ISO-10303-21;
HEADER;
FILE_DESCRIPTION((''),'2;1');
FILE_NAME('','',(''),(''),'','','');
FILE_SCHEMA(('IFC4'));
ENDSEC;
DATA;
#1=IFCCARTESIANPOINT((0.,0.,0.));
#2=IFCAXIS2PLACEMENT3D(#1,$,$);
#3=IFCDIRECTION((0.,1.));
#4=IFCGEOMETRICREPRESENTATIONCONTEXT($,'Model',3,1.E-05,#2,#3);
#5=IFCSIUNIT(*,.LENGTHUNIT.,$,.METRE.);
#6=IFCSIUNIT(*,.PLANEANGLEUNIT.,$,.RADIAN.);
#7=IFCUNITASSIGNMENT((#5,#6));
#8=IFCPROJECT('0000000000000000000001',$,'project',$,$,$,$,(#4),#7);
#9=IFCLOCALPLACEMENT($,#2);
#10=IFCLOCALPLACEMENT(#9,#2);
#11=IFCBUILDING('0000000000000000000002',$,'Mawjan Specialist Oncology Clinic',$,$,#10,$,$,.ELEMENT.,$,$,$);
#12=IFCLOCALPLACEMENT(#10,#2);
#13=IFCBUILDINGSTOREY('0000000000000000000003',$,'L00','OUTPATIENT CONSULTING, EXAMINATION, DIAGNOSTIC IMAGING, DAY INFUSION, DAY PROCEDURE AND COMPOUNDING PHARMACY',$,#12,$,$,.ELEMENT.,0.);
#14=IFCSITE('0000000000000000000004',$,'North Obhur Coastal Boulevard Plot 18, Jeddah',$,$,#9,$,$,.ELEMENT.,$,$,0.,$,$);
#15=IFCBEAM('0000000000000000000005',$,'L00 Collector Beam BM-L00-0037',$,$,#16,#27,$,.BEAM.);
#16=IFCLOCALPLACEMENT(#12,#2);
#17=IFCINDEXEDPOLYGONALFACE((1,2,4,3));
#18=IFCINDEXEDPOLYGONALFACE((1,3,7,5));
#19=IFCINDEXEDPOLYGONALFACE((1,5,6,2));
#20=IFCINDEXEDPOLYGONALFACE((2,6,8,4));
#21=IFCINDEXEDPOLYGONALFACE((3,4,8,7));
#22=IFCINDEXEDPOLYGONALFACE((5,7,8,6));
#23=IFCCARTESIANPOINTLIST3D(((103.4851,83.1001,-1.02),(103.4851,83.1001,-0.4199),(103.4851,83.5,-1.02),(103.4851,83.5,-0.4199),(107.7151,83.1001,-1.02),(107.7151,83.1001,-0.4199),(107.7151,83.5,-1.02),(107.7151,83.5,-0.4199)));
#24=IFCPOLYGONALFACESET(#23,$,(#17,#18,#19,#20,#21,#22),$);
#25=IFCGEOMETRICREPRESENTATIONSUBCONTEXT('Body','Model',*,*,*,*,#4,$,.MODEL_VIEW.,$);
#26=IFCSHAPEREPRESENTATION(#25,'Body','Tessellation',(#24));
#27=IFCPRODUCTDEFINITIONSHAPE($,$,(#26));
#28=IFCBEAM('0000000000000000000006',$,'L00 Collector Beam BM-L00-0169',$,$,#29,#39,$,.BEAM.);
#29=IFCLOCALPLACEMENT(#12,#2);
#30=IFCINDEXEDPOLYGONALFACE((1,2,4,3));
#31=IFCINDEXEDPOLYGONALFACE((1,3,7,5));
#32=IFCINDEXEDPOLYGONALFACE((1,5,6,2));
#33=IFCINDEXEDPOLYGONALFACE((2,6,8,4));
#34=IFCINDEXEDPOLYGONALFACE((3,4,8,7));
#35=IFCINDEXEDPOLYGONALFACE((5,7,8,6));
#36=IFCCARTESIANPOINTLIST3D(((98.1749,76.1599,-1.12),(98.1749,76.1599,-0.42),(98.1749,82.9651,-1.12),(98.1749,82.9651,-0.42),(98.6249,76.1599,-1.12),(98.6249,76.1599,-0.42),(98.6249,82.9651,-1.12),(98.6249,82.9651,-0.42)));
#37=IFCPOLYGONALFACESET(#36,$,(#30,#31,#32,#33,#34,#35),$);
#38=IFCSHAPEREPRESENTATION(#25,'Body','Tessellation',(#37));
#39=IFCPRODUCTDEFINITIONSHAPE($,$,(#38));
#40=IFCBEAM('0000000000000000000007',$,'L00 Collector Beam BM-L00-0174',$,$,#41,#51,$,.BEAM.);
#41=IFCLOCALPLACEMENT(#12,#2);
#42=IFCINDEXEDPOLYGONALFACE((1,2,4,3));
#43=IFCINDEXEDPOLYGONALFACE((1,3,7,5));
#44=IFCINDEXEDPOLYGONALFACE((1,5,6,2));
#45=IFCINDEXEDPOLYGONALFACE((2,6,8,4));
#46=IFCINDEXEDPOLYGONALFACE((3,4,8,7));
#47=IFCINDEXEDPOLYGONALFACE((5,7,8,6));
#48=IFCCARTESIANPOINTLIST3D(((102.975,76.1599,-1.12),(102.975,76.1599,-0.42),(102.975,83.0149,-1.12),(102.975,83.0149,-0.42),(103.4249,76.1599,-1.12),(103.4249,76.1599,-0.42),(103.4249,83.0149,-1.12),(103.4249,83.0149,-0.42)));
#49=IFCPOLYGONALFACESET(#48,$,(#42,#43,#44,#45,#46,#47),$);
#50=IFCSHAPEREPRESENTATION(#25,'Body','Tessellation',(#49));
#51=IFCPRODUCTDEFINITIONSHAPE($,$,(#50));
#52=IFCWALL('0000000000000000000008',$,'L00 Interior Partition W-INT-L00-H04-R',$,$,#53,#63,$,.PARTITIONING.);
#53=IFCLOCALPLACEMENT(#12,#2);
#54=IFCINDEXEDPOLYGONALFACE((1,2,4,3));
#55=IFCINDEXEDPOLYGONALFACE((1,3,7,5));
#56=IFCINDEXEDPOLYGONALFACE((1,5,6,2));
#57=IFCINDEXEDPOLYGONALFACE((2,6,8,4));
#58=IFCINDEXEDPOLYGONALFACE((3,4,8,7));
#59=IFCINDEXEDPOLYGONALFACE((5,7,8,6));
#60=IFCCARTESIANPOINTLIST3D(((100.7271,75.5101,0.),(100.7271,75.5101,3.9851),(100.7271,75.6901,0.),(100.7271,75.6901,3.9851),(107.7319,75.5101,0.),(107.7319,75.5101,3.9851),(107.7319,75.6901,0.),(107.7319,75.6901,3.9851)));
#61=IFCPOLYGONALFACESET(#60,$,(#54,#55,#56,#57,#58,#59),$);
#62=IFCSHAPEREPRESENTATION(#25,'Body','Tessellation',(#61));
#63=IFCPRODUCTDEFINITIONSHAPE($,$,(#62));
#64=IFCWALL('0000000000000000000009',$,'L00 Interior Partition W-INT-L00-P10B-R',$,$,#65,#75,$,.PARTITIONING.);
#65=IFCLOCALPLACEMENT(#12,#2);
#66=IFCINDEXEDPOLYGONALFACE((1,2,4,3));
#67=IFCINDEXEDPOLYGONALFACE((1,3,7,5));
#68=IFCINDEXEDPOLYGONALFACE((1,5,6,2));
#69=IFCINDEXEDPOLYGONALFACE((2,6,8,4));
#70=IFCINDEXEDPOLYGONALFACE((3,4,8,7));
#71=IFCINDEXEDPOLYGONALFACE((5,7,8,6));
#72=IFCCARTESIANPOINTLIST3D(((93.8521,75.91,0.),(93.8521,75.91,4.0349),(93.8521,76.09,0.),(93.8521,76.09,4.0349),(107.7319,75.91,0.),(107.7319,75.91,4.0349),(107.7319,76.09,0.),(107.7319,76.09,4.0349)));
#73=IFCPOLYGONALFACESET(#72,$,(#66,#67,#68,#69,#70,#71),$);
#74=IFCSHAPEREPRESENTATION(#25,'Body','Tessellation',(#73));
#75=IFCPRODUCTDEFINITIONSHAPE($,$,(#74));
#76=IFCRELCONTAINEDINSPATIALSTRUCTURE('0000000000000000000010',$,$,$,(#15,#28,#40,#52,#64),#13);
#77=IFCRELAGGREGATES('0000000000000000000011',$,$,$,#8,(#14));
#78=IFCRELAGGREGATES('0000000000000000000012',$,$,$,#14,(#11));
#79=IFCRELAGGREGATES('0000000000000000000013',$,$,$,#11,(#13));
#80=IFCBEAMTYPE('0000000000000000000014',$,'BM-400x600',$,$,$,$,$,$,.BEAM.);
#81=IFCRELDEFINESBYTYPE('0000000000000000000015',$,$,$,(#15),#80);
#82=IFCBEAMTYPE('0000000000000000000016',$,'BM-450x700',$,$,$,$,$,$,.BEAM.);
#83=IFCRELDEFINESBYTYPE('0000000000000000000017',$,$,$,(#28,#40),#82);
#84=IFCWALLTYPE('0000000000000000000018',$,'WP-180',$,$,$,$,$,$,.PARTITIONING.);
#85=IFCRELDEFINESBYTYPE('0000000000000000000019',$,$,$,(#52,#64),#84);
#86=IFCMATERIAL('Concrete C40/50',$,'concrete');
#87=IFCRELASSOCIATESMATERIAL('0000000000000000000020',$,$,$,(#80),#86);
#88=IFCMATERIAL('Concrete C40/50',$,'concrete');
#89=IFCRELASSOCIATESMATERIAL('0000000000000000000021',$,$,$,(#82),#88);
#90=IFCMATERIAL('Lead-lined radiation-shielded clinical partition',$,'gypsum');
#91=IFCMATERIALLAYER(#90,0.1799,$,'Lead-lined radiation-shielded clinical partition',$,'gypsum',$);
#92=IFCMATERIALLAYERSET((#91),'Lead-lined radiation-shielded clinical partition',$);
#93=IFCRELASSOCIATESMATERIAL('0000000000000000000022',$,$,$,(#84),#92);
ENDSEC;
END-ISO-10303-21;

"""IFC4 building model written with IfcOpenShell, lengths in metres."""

from ifc_helpers import new_model, si_unit, direction, frame, frame_2d, origin, origin_2d, place, context, subcontext, project, spatial, rectangle, extrude, material, layer, layer_set, material_profile, profile_set, type_object, element, save


model = new_model("IFC4")

# Units and contexts
model_context = context("Model", 3, precision=1e-05, world=origin(), true_north=direction((0.0, 1.0)))
body_context = subcontext(model_context, "Body", "Model", "MODEL_VIEW")
ifc_project = project(units=[si_unit("LENGTHUNIT", "METRE"), si_unit("PLANEANGLEUNIT", "RADIAN")], contexts=[model_context])

# Site, building, storey
site_placement = place(None, origin())
site = spatial("IfcSite", under=ifc_project, at=site_placement, Name="North Obhur Coastal Boulevard Plot 18, Jeddah", CompositionType="ELEMENT", RefElevation=0.0)
building_placement = place(site_placement, origin())
building = spatial("IfcBuilding", under=site, at=building_placement, Name="Mawjan Specialist Oncology Clinic", CompositionType="ELEMENT")
storey_placement = place(building_placement, origin())
storey = spatial("IfcBuildingStorey", under=building, at=storey_placement, Name="L00", Description="OUTPATIENT CONSULTING, EXAMINATION, DIAGNOSTIC IMAGING, DAY INFUSION, DAY PROCEDURE AND COMPOUNDING PHARMACY", CompositionType="ELEMENT", Elevation=0.0)

# Beams
ifc_material_1 = material(Name="Concrete C40/50", Category="concrete")
ifc_material_profile_1 = material_profile(ifc_material_1, rectangle(XDim=0.3999, YDim=0.6001, at=origin_2d()), Name="RC BM 400x600", Category="concrete")
ifc_profile_set_1 = profile_set([ifc_material_profile_1], Name="Concrete C40/50")
beam_type_1 = type_object("IfcBeamType", Name="BM-400x600", PredefinedType="BEAM", material=ifc_profile_set_1)
beam_1_placement = place(storey_placement, frame((103.4851, 83.3, -0.72), z_axis=(1.0, 0.0, 0.0), x_axis=(0.0, 1.0, 0.0)))
element("IfcBeam", 1, at=beam_1_placement, inside=storey, type_object=beam_type_1, Name="L00 Collector Beam BM-L00-0037", PredefinedType="BEAM", context=body_context, shape_type="SweptSolid", body=[
    extrude(rectangle(XDim=0.3999, YDim=0.6001, at=origin_2d()), origin(), (0.0, 0.0, 1.0), 4.23),
])
ifc_material_2 = material(Name="Concrete C40/50", Category="concrete")
ifc_material_profile_2 = material_profile(ifc_material_2, rectangle(XDim=0.45, YDim=0.7, at=origin_2d()), Name="RC BM 450x700", Category="concrete")
ifc_profile_set_2 = profile_set([ifc_material_profile_2], Name="Concrete C40/50")
beam_type_2 = type_object("IfcBeamType", Name="BM-450x700", PredefinedType="BEAM", material=ifc_profile_set_2)
beam_2_placement = place(storey_placement, frame((98.3999, 76.1599, -0.77), z_axis=(0.0, 1.0, 0.0), x_axis=(-1.0, 0.0, 0.0)))
element("IfcBeam", 2, at=beam_2_placement, inside=storey, type_object=beam_type_2, Name="L00 Collector Beam BM-L00-0169", PredefinedType="BEAM", context=body_context, shape_type="SweptSolid", body=[
    extrude(rectangle(XDim=0.45, YDim=0.7, at=origin_2d()), origin(), (0.0, 0.0, 1.0), 6.8052),
])
beam_3_placement = place(storey_placement, frame((103.2, 76.1599, -0.77), z_axis=(0.0, 1.0, 0.0), x_axis=(-1.0, 0.0, 0.0)))
element("IfcBeam", 3, at=beam_3_placement, inside=storey, type_object=beam_type_2, Name="L00 Collector Beam BM-L00-0174", PredefinedType="BEAM", context=body_context, shape_type="SweptSolid", body=[
    extrude(rectangle(XDim=0.45, YDim=0.7, at=origin_2d()), origin(), (0.0, 0.0, 1.0), 6.855),
])

# Walls
ifc_material_3 = material(Name="Lead-lined radiation-shielded clinical partition", Category="gypsum")
ifc_layer = layer(ifc_material_3, 0.1799, Name="Lead-lined radiation-shielded clinical partition", Category="gypsum")
ifc_layer_set = layer_set([ifc_layer], Name="Lead-lined radiation-shielded clinical partition")
wall_type = type_object("IfcWallType", Name="WP-180", PredefinedType="PARTITIONING", material=ifc_layer_set)
wall_1_placement = place(storey_placement, frame((100.7271, 75.6001, 0.0), z_axis=(0.0, 0.0, 1.0), x_axis=(1.0, 0.0, 0.0)))
element("IfcWall", 4, at=wall_1_placement, inside=storey, type_object=wall_type, Name="L00 Interior Partition W-INT-L00-H04-R", PredefinedType="PARTITIONING", context=body_context, shape_type="SweptSolid", body=[
    extrude(rectangle(XDim=7.0049, YDim=0.1799, at=frame_2d((3.5024, 0.0))), origin(), (0.0, 0.0, 1.0), 3.9851),
])
wall_2_placement = place(storey_placement, frame((93.8521, 76.0, 0.0), z_axis=(0.0, 0.0, 1.0), x_axis=(1.0, 0.0, 0.0)))
element("IfcWall", 5, at=wall_2_placement, inside=storey, type_object=wall_type, Name="L00 Interior Partition W-INT-L00-P10B-R", PredefinedType="PARTITIONING", context=body_context, shape_type="SweptSolid", body=[
    extrude(rectangle(XDim=13.8799, YDim=0.1799, at=frame_2d((6.9399, 0.0))), origin(), (0.0, 0.0, 1.0), 4.0349),
])

save(model, "model.ifc")
